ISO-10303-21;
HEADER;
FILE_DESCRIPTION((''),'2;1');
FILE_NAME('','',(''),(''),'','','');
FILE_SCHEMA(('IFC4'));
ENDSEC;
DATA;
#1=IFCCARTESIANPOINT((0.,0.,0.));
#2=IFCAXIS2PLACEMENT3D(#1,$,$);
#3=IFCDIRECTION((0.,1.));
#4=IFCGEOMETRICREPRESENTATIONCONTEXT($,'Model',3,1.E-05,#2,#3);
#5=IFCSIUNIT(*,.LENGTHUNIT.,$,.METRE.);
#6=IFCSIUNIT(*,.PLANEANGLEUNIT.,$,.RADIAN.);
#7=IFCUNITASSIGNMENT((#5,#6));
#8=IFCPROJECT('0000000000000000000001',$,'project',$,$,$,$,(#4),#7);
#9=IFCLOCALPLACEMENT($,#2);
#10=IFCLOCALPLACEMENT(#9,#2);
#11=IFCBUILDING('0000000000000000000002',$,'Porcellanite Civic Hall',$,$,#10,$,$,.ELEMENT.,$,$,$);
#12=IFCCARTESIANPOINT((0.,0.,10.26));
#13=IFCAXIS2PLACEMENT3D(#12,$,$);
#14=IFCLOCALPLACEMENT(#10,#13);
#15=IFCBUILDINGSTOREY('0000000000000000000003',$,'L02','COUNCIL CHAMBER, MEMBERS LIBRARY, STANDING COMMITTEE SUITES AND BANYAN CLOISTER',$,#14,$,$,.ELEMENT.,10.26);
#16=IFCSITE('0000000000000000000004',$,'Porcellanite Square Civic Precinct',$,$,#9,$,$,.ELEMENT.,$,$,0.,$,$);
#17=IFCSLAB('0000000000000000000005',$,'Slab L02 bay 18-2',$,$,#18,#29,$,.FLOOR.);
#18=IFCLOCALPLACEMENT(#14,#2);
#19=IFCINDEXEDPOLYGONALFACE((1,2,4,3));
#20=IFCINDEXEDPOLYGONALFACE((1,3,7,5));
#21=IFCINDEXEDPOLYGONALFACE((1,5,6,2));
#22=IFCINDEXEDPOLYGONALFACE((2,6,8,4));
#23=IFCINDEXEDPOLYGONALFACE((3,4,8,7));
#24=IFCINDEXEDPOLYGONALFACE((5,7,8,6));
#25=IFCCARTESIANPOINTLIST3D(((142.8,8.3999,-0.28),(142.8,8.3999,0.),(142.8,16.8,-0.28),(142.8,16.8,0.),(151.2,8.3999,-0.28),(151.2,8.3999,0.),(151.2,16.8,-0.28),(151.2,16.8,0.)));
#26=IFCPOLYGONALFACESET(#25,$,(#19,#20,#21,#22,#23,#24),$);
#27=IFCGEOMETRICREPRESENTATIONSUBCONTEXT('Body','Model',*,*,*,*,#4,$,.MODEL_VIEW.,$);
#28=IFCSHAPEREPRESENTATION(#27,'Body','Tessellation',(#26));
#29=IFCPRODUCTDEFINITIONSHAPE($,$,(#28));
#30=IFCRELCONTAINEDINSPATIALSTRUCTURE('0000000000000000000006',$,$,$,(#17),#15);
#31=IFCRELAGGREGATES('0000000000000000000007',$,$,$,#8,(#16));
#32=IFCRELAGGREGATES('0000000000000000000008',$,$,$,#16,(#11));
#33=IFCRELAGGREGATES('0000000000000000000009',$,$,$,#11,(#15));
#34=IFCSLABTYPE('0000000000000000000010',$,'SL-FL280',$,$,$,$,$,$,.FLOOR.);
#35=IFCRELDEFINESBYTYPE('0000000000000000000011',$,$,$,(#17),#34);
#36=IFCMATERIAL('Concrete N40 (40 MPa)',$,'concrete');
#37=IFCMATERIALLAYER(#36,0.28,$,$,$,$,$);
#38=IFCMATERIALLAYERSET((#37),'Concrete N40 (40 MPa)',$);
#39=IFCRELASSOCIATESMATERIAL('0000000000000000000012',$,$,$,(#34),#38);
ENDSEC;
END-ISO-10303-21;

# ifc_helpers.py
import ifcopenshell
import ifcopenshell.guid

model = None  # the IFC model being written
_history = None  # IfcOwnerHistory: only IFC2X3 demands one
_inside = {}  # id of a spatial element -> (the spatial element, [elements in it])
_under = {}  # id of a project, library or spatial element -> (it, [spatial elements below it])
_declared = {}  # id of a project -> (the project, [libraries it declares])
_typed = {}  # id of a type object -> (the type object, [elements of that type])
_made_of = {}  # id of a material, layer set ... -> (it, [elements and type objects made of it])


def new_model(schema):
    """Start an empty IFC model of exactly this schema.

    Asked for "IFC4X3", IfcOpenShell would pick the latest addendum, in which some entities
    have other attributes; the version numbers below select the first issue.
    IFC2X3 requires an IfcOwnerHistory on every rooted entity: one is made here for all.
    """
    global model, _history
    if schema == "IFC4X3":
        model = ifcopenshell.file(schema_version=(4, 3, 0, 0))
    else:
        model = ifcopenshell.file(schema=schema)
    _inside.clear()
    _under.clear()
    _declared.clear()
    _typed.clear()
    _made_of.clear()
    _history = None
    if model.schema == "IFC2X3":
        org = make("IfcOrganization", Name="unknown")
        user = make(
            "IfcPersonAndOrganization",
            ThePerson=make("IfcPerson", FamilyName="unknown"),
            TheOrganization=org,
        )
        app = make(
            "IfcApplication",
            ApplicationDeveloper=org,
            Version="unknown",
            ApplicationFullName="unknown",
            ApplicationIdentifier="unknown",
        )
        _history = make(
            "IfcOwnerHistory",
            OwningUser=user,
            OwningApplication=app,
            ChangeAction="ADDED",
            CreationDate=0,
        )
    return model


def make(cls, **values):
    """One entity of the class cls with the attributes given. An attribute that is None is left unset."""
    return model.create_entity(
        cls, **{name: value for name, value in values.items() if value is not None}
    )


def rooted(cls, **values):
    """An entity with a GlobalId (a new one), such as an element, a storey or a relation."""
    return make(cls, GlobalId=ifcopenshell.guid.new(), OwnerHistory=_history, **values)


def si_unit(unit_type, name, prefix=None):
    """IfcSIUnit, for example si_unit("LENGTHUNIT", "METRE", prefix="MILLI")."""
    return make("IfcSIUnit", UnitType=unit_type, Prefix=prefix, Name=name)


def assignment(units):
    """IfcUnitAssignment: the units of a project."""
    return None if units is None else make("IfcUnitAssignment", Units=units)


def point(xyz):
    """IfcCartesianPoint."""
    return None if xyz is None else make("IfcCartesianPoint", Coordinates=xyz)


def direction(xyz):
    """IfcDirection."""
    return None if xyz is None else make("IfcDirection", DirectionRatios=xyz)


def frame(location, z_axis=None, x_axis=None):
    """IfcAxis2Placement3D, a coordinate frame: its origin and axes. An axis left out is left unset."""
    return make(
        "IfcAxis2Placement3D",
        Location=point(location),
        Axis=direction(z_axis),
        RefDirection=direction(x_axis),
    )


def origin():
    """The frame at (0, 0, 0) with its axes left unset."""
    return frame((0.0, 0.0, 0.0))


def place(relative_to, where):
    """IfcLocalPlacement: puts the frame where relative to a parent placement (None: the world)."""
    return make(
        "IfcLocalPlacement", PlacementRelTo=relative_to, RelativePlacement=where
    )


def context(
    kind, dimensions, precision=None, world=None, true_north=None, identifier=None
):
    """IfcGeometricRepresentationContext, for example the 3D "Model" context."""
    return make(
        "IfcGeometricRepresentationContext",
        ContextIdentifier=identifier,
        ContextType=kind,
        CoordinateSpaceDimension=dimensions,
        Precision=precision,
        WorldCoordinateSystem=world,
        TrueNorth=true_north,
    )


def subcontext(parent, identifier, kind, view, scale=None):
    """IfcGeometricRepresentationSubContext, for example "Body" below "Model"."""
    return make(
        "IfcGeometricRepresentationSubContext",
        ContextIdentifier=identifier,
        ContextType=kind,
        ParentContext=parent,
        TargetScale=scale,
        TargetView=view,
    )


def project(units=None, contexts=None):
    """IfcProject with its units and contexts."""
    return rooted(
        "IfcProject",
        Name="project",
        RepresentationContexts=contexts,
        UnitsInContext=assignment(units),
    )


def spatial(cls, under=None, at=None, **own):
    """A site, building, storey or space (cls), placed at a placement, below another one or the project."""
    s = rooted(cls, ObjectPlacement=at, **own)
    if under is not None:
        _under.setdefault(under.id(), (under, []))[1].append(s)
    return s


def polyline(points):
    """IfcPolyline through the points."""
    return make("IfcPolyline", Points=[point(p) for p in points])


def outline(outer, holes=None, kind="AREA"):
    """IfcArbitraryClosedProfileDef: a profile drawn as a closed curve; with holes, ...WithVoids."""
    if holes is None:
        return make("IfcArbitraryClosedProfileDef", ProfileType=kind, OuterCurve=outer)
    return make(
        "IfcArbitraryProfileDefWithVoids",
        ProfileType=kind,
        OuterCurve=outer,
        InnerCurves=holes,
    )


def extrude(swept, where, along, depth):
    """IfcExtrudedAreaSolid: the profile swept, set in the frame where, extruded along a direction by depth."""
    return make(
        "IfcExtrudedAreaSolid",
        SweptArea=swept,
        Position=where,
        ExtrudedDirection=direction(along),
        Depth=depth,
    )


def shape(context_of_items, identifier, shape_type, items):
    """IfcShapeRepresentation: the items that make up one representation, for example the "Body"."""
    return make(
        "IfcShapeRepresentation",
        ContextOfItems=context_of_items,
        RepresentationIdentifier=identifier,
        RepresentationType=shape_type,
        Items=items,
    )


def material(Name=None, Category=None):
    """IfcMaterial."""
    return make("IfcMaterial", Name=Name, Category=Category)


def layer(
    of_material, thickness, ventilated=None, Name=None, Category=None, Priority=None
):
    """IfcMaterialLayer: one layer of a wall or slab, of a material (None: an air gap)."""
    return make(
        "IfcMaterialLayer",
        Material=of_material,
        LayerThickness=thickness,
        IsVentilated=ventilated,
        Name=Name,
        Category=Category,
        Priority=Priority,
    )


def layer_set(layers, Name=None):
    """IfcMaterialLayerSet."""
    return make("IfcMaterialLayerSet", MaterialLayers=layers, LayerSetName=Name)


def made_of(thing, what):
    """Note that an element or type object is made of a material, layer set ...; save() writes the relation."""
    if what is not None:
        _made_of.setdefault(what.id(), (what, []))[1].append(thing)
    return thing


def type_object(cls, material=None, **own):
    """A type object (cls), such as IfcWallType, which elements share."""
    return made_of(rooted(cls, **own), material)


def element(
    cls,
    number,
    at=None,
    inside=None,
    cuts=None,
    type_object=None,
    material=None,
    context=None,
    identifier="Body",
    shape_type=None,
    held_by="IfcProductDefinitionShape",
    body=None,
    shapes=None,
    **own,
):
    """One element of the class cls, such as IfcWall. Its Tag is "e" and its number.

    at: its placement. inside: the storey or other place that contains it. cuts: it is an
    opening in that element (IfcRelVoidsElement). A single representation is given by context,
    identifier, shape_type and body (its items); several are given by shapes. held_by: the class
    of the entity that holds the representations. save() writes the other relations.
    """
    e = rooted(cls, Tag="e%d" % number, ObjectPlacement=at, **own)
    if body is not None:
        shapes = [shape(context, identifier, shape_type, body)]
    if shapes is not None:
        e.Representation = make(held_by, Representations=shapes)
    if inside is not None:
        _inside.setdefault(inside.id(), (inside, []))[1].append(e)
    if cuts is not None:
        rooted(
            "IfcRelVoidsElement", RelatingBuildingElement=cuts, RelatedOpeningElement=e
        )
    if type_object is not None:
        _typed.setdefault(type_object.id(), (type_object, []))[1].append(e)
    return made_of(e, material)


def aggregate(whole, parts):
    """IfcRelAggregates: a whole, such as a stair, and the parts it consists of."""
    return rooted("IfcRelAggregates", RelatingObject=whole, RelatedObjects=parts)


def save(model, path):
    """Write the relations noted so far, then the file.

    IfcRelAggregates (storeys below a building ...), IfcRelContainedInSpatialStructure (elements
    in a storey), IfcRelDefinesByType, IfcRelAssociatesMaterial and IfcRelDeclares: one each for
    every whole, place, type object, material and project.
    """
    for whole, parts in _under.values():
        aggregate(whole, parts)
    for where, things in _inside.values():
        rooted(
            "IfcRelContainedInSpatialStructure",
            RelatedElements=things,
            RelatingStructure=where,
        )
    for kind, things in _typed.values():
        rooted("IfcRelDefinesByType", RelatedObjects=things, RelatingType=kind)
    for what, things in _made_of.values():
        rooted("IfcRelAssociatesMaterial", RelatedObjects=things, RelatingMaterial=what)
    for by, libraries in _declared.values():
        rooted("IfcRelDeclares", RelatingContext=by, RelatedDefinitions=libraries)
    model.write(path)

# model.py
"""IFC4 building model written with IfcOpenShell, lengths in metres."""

from ifc_helpers import new_model, si_unit, direction, frame, origin, place, context, subcontext, project, spatial, polyline, outline, extrude, material, layer, layer_set, type_object, element, save


model = new_model("IFC4")

# Units and contexts
model_context = context("Model", 3, precision=1e-05, world=origin(), true_north=direction((0.0, 1.0)))
body_context = subcontext(model_context, "Body", "Model", "MODEL_VIEW")
ifc_project = project(units=[si_unit("LENGTHUNIT", "METRE"), si_unit("PLANEANGLEUNIT", "RADIAN")], contexts=[model_context])

# Site, building, storey
site_placement = place(None, origin())
site = spatial("IfcSite", under=ifc_project, at=site_placement, Name="Porcellanite Square Civic Precinct", CompositionType="ELEMENT", RefElevation=0.0)
building_placement = place(site_placement, origin())
building = spatial("IfcBuilding", under=site, at=building_placement, Name="Porcellanite Civic Hall", CompositionType="ELEMENT")
storey_placement = place(building_placement, frame((0.0, 0.0, 10.26)))
storey = spatial("IfcBuildingStorey", under=building, at=storey_placement, Name="L02", Description="COUNCIL CHAMBER, MEMBERS LIBRARY, STANDING COMMITTEE SUITES AND BANYAN CLOISTER", CompositionType="ELEMENT", Elevation=10.26)

# Slab
ifc_material = material(Name="Concrete N40 (40 MPa)", Category="concrete")
ifc_layer = layer(ifc_material, 0.28)
ifc_layer_set = layer_set([ifc_layer], Name="Concrete N40 (40 MPa)")
slab_type = type_object("IfcSlabType", Name="SL-FL280", PredefinedType="FLOOR", material=ifc_layer_set)
slab_1_placement = place(storey_placement, frame((0.0, 0.0, -0.28)))
element("IfcSlab", 1, at=slab_1_placement, inside=storey, type_object=slab_type, Name="Slab L02 bay 18-2", PredefinedType="FLOOR", context=body_context, shape_type="SweptSolid", body=[
    extrude(outline(polyline([(142.8, 8.3999), (151.2, 8.3999), (151.2, 16.8), (142.8, 16.8), (142.8, 8.3999)])), origin(), (0.0, 0.0, 1.0), 0.28),
])

save(model, "model.ifc")
